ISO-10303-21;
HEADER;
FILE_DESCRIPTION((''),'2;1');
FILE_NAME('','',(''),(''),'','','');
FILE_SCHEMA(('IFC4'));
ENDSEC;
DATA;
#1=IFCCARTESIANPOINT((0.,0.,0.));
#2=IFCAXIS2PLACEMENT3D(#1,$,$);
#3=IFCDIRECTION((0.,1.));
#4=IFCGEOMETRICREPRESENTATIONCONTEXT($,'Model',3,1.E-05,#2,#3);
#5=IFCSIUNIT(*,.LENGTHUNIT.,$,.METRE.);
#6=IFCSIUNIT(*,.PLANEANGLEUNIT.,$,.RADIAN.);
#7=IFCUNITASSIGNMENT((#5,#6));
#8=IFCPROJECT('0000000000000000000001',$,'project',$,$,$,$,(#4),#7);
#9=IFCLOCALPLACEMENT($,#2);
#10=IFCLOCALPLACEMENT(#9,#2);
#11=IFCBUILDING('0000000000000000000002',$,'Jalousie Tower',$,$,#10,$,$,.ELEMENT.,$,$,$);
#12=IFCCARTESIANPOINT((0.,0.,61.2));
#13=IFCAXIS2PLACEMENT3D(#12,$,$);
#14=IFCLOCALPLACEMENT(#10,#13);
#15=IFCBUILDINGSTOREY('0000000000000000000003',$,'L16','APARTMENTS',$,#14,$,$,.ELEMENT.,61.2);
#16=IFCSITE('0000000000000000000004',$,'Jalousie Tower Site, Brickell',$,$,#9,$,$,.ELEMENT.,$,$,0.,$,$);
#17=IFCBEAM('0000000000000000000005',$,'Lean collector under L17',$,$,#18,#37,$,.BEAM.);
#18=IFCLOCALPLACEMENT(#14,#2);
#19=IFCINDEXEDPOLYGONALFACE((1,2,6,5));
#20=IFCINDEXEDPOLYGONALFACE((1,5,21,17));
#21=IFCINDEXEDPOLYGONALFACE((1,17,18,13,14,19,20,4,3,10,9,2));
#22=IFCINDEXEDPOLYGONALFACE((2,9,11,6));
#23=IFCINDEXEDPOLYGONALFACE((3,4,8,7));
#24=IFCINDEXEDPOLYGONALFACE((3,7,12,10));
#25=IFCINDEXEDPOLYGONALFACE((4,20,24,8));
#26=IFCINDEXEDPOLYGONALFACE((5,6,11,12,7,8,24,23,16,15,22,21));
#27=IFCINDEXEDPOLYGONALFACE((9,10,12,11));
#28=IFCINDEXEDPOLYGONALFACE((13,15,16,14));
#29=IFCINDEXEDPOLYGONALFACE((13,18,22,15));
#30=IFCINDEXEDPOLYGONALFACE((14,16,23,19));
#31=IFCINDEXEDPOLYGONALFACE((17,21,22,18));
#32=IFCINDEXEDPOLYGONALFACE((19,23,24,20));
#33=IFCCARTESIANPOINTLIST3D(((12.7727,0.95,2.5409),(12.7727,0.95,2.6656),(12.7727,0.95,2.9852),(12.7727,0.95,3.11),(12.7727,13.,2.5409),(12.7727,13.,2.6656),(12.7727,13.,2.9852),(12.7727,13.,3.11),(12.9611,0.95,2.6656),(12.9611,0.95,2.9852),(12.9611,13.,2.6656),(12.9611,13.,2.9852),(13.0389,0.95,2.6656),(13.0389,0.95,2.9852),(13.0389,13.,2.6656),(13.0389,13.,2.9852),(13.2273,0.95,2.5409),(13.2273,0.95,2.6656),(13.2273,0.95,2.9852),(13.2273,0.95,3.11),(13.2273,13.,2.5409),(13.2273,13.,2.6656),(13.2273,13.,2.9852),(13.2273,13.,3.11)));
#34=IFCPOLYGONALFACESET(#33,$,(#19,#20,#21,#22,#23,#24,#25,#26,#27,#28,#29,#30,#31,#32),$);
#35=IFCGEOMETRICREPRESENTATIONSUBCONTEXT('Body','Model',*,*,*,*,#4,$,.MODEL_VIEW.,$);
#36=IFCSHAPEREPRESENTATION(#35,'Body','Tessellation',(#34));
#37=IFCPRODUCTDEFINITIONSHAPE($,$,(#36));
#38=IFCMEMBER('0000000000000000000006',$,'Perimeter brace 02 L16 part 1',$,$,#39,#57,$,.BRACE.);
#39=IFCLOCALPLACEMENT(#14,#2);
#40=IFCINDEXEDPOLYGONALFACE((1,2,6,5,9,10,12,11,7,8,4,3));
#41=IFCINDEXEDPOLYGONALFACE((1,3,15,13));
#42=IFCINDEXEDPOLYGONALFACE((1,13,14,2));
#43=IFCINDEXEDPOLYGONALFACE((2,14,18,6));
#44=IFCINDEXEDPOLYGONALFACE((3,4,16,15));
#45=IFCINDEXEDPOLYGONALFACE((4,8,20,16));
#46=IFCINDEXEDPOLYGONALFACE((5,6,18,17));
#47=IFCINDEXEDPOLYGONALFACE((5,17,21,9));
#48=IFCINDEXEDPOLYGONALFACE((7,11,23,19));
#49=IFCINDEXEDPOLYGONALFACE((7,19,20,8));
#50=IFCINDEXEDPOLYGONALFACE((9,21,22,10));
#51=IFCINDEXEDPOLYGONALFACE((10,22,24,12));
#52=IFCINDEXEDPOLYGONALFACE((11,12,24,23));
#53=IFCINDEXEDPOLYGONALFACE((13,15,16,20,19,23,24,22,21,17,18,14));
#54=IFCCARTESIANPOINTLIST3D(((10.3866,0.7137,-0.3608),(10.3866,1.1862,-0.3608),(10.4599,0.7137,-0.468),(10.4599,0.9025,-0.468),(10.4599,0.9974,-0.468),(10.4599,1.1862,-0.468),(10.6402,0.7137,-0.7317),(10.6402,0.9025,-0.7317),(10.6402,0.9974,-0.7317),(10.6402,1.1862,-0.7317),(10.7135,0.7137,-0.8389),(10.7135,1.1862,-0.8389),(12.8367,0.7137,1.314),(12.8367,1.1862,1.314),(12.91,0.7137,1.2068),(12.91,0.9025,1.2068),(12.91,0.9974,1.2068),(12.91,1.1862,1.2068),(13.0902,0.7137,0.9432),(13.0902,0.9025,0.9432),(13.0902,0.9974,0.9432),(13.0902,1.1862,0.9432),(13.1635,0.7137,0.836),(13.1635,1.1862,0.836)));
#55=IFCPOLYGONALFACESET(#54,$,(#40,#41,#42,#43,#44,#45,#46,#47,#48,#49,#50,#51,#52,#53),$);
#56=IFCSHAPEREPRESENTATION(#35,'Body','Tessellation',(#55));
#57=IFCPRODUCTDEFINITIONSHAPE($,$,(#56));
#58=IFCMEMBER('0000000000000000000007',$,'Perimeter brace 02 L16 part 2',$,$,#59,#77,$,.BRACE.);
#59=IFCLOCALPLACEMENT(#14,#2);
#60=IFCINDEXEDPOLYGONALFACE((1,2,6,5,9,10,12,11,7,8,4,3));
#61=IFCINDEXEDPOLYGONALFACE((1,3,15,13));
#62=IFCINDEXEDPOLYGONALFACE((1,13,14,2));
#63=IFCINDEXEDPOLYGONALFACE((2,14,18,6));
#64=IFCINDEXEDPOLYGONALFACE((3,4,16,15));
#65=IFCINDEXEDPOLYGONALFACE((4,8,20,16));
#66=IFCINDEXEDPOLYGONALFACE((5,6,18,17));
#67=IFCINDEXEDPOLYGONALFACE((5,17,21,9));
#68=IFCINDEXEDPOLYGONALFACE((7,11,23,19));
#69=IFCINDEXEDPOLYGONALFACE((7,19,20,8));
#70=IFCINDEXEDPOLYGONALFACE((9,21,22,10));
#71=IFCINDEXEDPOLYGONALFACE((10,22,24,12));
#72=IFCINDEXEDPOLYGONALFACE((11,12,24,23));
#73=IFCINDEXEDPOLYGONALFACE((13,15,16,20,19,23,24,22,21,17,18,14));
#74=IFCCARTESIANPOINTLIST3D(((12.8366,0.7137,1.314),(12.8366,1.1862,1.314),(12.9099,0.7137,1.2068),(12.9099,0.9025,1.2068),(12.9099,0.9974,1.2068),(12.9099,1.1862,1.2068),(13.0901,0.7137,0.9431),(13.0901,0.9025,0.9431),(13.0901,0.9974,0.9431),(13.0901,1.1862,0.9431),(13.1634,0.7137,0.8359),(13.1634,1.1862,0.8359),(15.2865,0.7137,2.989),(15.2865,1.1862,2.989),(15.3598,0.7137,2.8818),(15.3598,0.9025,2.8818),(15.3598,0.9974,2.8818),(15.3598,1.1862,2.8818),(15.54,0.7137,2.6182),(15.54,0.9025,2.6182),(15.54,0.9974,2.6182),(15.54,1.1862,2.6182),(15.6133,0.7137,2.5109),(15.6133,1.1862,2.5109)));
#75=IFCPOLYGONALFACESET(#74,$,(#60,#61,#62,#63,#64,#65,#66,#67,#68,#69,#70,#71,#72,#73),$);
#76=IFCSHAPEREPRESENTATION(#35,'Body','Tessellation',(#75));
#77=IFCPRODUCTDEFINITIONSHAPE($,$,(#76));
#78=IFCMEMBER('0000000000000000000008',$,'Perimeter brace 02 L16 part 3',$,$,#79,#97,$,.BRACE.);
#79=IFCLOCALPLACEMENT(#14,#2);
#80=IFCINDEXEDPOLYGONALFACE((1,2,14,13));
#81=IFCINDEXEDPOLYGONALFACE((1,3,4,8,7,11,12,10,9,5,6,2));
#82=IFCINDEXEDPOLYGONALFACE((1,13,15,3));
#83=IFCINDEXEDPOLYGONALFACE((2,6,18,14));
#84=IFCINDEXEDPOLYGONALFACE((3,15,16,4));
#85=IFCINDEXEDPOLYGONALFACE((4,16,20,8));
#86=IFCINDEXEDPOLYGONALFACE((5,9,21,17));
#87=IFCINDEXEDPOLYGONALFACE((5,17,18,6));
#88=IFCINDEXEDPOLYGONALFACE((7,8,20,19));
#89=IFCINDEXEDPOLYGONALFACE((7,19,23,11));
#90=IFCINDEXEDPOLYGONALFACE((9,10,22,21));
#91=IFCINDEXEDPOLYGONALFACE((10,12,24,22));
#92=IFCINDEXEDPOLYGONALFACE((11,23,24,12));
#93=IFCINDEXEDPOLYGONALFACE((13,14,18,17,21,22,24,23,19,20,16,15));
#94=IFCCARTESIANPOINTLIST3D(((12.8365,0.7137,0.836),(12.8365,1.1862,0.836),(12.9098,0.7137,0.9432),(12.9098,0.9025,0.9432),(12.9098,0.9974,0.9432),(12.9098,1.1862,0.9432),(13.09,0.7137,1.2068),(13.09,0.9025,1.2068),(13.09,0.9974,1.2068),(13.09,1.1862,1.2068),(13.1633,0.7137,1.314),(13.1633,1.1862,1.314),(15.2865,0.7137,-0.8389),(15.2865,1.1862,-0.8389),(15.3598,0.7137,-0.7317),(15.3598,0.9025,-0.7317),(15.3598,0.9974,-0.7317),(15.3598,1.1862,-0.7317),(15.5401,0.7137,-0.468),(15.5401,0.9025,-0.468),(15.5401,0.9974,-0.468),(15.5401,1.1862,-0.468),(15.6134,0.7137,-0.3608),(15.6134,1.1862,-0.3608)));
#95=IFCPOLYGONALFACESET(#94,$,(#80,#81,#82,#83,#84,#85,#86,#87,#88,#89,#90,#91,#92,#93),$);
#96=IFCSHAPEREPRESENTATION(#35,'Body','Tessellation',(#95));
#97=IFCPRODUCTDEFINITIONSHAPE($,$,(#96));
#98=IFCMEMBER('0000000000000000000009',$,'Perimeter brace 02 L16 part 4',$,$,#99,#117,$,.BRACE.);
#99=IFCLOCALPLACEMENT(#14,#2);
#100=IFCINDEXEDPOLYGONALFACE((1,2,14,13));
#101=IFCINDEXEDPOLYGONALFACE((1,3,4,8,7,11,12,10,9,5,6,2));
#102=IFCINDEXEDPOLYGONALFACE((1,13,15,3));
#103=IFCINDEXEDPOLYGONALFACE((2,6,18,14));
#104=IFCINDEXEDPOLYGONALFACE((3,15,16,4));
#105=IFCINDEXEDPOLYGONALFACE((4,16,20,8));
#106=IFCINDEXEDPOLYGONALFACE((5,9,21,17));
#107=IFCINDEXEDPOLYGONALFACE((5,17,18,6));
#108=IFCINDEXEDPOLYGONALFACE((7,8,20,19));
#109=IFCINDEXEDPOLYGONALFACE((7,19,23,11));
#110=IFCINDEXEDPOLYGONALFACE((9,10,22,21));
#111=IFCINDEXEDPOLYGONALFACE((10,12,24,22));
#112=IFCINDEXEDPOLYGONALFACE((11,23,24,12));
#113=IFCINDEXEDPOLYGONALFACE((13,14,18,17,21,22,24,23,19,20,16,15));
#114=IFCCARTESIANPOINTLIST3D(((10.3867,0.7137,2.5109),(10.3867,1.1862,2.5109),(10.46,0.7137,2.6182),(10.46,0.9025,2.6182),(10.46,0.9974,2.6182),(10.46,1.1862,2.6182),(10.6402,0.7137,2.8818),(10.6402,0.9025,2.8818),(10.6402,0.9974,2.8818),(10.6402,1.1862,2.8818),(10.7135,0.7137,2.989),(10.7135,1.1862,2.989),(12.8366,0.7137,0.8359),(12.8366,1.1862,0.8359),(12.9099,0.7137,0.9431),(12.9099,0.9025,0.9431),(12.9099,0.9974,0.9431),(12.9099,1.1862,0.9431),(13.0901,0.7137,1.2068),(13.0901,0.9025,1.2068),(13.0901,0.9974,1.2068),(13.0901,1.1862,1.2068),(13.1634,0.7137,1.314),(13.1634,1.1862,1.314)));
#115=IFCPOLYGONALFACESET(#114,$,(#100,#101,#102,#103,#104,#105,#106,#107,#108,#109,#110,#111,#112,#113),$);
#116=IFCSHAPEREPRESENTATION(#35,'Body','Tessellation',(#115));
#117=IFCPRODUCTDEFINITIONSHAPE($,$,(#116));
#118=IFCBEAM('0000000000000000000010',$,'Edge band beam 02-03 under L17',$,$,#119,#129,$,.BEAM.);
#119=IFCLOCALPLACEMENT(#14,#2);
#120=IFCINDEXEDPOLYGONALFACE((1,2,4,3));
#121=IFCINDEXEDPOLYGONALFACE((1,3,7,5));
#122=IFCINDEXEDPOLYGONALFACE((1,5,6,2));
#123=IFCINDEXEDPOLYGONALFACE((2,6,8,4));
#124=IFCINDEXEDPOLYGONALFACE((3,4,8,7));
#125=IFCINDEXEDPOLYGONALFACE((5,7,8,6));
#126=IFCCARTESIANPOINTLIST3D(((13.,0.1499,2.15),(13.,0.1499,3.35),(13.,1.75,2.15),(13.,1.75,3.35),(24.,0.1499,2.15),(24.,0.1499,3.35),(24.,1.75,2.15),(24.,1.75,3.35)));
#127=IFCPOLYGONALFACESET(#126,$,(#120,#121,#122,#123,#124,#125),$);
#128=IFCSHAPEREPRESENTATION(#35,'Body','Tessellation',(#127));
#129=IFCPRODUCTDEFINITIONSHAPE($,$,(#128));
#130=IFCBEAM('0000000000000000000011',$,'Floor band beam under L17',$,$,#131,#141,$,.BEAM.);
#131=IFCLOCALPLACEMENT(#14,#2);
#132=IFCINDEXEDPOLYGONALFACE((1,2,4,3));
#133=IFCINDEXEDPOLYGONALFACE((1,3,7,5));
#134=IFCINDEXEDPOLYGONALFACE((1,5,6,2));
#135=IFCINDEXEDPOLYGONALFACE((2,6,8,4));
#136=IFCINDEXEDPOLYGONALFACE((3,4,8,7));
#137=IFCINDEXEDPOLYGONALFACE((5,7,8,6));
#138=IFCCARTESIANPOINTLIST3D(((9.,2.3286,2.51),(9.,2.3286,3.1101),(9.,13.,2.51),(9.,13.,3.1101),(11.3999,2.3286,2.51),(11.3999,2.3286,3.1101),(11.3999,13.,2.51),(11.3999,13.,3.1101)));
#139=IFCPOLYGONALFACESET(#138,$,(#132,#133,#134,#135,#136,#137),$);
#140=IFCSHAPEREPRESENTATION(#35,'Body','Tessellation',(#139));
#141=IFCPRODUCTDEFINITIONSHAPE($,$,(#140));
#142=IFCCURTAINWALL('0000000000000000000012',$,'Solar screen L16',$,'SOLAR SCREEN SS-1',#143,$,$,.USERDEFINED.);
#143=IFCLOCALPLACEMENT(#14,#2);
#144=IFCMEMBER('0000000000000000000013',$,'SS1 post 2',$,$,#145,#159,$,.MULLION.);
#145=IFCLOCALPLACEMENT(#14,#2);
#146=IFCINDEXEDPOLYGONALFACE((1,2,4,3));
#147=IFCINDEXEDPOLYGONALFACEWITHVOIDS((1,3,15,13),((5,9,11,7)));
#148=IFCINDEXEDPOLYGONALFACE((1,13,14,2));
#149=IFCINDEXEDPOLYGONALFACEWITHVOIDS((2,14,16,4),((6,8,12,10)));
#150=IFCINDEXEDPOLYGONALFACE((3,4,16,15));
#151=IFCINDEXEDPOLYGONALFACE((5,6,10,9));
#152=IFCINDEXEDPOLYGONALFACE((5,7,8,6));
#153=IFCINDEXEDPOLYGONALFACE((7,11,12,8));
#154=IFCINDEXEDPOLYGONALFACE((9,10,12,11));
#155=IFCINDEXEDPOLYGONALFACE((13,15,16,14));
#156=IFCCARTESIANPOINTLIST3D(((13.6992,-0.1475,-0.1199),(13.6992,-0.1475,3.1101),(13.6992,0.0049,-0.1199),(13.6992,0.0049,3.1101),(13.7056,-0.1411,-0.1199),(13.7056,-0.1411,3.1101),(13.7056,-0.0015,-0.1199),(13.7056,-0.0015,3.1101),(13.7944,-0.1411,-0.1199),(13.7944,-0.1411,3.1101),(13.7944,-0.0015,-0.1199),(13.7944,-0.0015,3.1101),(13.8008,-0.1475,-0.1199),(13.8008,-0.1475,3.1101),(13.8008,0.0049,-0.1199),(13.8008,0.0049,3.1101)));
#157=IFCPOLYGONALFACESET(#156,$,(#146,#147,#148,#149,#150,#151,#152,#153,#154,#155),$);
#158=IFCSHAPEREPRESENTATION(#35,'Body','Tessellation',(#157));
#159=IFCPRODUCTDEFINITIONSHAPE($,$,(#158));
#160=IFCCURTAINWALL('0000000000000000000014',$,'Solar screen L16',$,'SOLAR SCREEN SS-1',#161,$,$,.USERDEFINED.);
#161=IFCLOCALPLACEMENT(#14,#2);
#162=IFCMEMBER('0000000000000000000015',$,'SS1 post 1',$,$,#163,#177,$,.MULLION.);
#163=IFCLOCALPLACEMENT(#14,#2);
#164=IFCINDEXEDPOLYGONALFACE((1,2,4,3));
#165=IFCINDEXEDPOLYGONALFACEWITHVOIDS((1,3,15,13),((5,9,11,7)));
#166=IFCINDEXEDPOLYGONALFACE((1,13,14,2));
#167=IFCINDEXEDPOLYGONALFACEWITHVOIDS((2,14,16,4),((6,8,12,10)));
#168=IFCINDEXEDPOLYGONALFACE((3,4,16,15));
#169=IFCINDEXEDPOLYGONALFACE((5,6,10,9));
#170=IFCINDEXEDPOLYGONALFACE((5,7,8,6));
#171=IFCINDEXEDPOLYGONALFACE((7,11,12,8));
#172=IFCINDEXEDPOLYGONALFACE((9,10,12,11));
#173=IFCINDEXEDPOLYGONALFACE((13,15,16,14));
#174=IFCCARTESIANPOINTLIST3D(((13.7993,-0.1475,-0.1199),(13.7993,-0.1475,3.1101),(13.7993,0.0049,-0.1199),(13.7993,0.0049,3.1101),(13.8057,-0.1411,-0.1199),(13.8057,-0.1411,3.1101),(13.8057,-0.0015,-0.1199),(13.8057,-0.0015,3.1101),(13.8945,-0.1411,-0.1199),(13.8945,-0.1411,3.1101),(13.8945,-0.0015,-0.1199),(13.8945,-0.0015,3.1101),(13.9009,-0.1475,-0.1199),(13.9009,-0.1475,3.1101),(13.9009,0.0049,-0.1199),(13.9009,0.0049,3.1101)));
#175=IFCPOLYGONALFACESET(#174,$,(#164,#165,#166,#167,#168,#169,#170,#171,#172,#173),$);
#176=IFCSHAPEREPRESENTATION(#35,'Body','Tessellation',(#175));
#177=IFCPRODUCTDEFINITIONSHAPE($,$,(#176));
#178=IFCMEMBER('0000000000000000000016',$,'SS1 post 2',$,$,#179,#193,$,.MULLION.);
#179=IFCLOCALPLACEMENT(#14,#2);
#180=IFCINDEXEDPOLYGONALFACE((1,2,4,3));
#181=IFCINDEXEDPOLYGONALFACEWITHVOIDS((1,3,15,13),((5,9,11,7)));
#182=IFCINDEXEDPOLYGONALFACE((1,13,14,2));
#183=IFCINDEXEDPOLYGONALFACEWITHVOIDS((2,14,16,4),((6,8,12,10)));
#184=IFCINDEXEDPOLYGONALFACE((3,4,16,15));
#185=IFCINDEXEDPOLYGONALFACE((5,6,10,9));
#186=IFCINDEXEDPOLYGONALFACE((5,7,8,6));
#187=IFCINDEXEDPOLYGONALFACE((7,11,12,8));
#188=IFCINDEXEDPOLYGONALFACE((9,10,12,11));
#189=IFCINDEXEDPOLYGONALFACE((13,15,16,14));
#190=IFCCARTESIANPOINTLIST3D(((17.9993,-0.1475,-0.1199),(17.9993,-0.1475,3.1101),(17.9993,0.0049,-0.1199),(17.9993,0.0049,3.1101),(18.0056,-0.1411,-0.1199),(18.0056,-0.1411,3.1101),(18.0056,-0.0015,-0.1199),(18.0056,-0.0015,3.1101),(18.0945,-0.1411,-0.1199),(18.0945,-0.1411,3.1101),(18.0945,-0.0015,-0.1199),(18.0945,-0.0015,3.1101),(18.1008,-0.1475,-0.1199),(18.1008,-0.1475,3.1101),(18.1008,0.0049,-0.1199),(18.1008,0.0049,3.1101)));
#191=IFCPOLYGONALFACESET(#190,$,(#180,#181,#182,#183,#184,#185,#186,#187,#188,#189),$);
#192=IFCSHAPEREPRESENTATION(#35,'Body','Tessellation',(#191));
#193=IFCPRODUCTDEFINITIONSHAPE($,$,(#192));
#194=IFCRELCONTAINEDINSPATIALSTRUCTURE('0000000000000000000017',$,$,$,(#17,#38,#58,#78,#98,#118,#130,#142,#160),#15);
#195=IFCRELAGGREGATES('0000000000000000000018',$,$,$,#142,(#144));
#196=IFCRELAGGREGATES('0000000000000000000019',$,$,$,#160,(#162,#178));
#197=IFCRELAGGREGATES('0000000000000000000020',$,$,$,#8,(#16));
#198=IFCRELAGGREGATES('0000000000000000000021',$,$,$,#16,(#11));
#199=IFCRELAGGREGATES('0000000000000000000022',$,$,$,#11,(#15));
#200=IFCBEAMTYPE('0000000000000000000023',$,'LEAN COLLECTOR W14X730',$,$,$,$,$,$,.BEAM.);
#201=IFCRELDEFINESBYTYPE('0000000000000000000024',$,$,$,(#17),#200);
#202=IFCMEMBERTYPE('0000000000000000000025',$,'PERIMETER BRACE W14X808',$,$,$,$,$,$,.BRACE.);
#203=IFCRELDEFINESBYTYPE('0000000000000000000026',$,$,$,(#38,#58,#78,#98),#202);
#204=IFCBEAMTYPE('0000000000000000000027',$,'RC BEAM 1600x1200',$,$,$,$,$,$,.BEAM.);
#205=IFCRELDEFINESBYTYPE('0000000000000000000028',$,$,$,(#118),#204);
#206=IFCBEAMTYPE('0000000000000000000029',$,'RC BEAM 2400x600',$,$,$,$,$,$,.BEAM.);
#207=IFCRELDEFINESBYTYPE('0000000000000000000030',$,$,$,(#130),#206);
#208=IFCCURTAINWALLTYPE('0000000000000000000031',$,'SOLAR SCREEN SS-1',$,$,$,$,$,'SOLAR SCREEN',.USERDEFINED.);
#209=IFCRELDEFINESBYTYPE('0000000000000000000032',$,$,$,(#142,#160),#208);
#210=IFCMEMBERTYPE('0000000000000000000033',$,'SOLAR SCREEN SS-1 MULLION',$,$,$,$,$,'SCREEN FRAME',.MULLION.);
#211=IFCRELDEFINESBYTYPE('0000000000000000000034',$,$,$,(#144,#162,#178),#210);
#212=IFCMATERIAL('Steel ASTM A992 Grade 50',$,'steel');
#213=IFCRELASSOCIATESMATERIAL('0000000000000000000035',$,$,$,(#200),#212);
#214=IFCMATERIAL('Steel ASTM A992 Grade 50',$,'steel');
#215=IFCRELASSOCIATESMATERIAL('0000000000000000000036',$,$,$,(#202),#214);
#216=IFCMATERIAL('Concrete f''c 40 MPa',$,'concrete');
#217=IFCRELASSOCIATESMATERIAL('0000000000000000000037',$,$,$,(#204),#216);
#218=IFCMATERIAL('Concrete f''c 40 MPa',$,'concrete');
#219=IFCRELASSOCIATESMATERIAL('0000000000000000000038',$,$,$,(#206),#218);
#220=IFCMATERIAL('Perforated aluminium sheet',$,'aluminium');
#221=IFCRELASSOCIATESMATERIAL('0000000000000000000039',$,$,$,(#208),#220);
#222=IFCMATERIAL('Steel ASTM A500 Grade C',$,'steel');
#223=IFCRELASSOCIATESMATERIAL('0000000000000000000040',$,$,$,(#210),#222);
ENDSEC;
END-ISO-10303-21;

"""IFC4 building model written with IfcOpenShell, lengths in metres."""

from ifc_helpers import new_model, si_unit, direction, frame, origin, origin_2d, place, context, subcontext, project, spatial, rectangle, hollow_rectangle, i_section, extrude, material, material_profile, profile_set, type_object, element, aggregate, save


model = new_model("IFC4")

# Units and contexts
model_context = context("Model", 3, precision=1e-05, world=origin(), true_north=direction((0.0, 1.0)))
body_context = subcontext(model_context, "Body", "Model", "MODEL_VIEW")
ifc_project = project(units=[si_unit("LENGTHUNIT", "METRE"), si_unit("PLANEANGLEUNIT", "RADIAN")], contexts=[model_context])

# Site, building, storey
site_placement = place(None, origin())
site = spatial("IfcSite", under=ifc_project, at=site_placement, Name="Jalousie Tower Site, Brickell", CompositionType="ELEMENT", RefElevation=0.0)
building_placement = place(site_placement, origin())
building = spatial("IfcBuilding", under=site, at=building_placement, Name="Jalousie Tower", CompositionType="ELEMENT")
storey_placement = place(building_placement, frame((0.0, 0.0, 61.2)))
storey = spatial("IfcBuildingStorey", under=building, at=storey_placement, Name="L16", Description="APARTMENTS", CompositionType="ELEMENT", Elevation=61.2)

# Beam
ifc_material_1 = material(Name="Steel ASTM A992 Grade 50", Category="steel")
ifc_material_profile_1 = material_profile(ifc_material_1, i_section(OverallWidth=0.4546, OverallDepth=0.5691, WebThickness=0.0779, FlangeThickness=0.1248, at=origin_2d()), Name="W14X730")
ifc_profile_set_1 = profile_set([ifc_material_profile_1], Name="Steel ASTM A992 Grade 50")
beam_type_1 = type_object("IfcBeamType", Name="LEAN COLLECTOR W14X730", PredefinedType="BEAM", material=ifc_profile_set_1)
beam_1_placement = place(storey_placement, frame((13.0, 0.95, 2.8254), z_axis=(0.0, 1.0, 0.0), x_axis=(-1.0, 0.0, 0.0)))
element("IfcBeam", 1, at=beam_1_placement, inside=storey, type_object=beam_type_1, Name="Lean collector under L17", PredefinedType="BEAM", context=body_context, shape_type="SweptSolid", body=[
    extrude(i_section(OverallWidth=0.4546, OverallDepth=0.5691, WebThickness=0.0779, FlangeThickness=0.1248, at=origin_2d()), origin(), (0.0, 0.0, 1.0), 12.05),
])

# Members
ifc_material_2 = material(Name="Steel ASTM A992 Grade 50", Category="steel")
ifc_material_profile_2 = material_profile(ifc_material_2, i_section(OverallWidth=0.4724, OverallDepth=0.5791, WebThickness=0.095, FlangeThickness=0.1299, at=origin_2d()), Name="W14X808")
ifc_profile_set_2 = profile_set([ifc_material_profile_2], Name="Steel ASTM A992 Grade 50")
member_type_1 = type_object("IfcMemberType", Name="PERIMETER BRACE W14X808", PredefinedType="BRACE", material=ifc_profile_set_2)
for number, where, z_axis, x_axis, name in (
    (2, (10.55, 0.95, -0.5999), (0.825539, 0.0, 0.564345), (0.0, 1.0, 0.0), "Perimeter brace 02 L16 part 1"),
    (3, (13.0, 0.95, 1.075), (0.825501, 0.0, 0.564401), (0.0, 1.0, 0.0), "Perimeter brace 02 L16 part 2"),
    (4, (15.45, 0.95, -0.5999), (-0.825539, 0.0, 0.564345), (0.0, -1.0, 0.0), "Perimeter brace 02 L16 part 3"),
    (5, (13.0, 0.95, 1.075), (-0.825501, 0.0, 0.564401), (0.0, -1.0, 0.0), "Perimeter brace 02 L16 part 4"),
):
    element("IfcMember", number, at=place(storey_placement, frame(where, z_axis=z_axis, x_axis=x_axis)), inside=storey, type_object=member_type_1, Name=name, PredefinedType="BRACE", context=body_context, shape_type="SweptSolid", body=[
        extrude(i_section(OverallWidth=0.4724, OverallDepth=0.5791, WebThickness=0.095, FlangeThickness=0.1299, at=origin_2d()), origin(), (0.0, 0.0, 1.0), 2.9678),
    ])

# Beams
ifc_material_3 = material(Name="Concrete f'c 40 MPa", Category="concrete")
ifc_material_profile_3 = material_profile(ifc_material_3, rectangle(XDim=1.6001, YDim=1.2, at=origin_2d()), Name="RC 1600x1200")
ifc_profile_set_3 = profile_set([ifc_material_profile_3], Name="Concrete f'c 40 MPa")
beam_type_2 = type_object("IfcBeamType", Name="RC BEAM 1600x1200", PredefinedType="BEAM", material=ifc_profile_set_3)
beam_2_placement = place(storey_placement, frame((13.0, 0.95, 2.75), z_axis=(1.0, 0.0, 0.0), x_axis=(0.0, 1.0, 0.0)))
element("IfcBeam", 6, at=beam_2_placement, inside=storey, type_object=beam_type_2, Name="Edge band beam 02-03 under L17", PredefinedType="BEAM", context=body_context, shape_type="SweptSolid", body=[
    extrude(rectangle(XDim=1.6001, YDim=1.2, at=origin_2d()), origin(), (0.0, 0.0, 1.0), 11.0),
])
ifc_material_4 = material(Name="Concrete f'c 40 MPa", Category="concrete")
ifc_material_profile_4 = material_profile(ifc_material_4, rectangle(XDim=2.3999, YDim=0.6001, at=origin_2d()), Name="RC 2400x600")
ifc_profile_set_4 = profile_set([ifc_material_profile_4], Name="Concrete f'c 40 MPa")
beam_type_3 = type_object("IfcBeamType", Name="RC BEAM 2400x600", PredefinedType="BEAM", material=ifc_profile_set_4)
beam_3_placement = place(storey_placement, frame((10.2, 13.0, 2.8101), z_axis=(0.0, -1.0, 0.0), x_axis=(1.0, 0.0, 0.0)))
element("IfcBeam", 7, at=beam_3_placement, inside=storey, type_object=beam_type_3, Name="Floor band beam under L17", PredefinedType="BEAM", context=body_context, shape_type="SweptSolid", body=[
    extrude(rectangle(XDim=2.3999, YDim=0.6001, at=origin_2d()), origin(), (0.0, 0.0, 1.0), 10.6714),
])

# Curtain wall, member
ifc_material_5 = material(Name="Perforated aluminium sheet", Category="aluminium")
curtain_wall_type = type_object("IfcCurtainWallType", Name="SOLAR SCREEN SS-1", ElementType="SOLAR SCREEN", PredefinedType="USERDEFINED", material=ifc_material_5)
curtain_wall_1_placement = place(storey_placement, origin())
curtain_wall_1 = element("IfcCurtainWall", 8, at=curtain_wall_1_placement, inside=storey, type_object=curtain_wall_type, Name="Solar screen L16", ObjectType="SOLAR SCREEN SS-1", PredefinedType="USERDEFINED")
ifc_material_6 = material(Name="Steel ASTM A500 Grade C", Category="steel")
ifc_material_profile_5 = material_profile(ifc_material_6, hollow_rectangle(XDim=0.1016, YDim=0.1523, WallThickness=0.0063, at=origin_2d()), Name="HSS6X4X1/4")
ifc_profile_set_5 = profile_set([ifc_material_profile_5], Name="Steel ASTM A500 Grade C")
member_type_2 = type_object("IfcMemberType", Name="SOLAR SCREEN SS-1 MULLION", ElementType="SCREEN FRAME", PredefinedType="MULLION", material=ifc_profile_set_5)
member_1_placement = place(storey_placement, frame((13.75, -0.0713, -0.1199), z_axis=(0.0, 0.0, 1.0), x_axis=(1.0, 0.0, 0.0)))
member_1 = element("IfcMember", 9, at=member_1_placement, type_object=member_type_2, Name="SS1 post 2", PredefinedType="MULLION", context=body_context, shape_type="SweptSolid", body=[
    extrude(hollow_rectangle(XDim=0.1016, YDim=0.1523, WallThickness=0.0063, at=origin_2d()), origin(), (0.0, 0.0, 1.0), 3.23),
])
aggregate(curtain_wall_1, [member_1])

# Curtain wall, members
curtain_wall_2_placement = place(storey_placement, origin())
curtain_wall_2 = element("IfcCurtainWall", 10, at=curtain_wall_2_placement, inside=storey, type_object=curtain_wall_type, Name="Solar screen L16", ObjectType="SOLAR SCREEN SS-1", PredefinedType="USERDEFINED")
member_2_placement = place(storey_placement, frame((13.8501, -0.0713, -0.1199), z_axis=(0.0, 0.0, 1.0), x_axis=(1.0, 0.0, 0.0)))
member_2 = element("IfcMember", 11, at=member_2_placement, type_object=member_type_2, Name="SS1 post 1", PredefinedType="MULLION", context=body_context, shape_type="SweptSolid", body=[
    extrude(hollow_rectangle(XDim=0.1016, YDim=0.1523, WallThickness=0.0063, at=origin_2d()), origin(), (0.0, 0.0, 1.0), 3.23),
])
member_3_placement = place(storey_placement, frame((18.05, -0.0713, -0.1199), z_axis=(0.0, 0.0, 1.0), x_axis=(1.0, 0.0, 0.0)))
member_3 = element("IfcMember", 12, at=member_3_placement, type_object=member_type_2, Name="SS1 post 2", PredefinedType="MULLION", context=body_context, shape_type="SweptSolid", body=[
    extrude(hollow_rectangle(XDim=0.1016, YDim=0.1523, WallThickness=0.0063, at=origin_2d()), origin(), (0.0, 0.0, 1.0), 3.23),
])

aggregate(curtain_wall_2, [member_2, member_3])

save(model, "model.ifc")
